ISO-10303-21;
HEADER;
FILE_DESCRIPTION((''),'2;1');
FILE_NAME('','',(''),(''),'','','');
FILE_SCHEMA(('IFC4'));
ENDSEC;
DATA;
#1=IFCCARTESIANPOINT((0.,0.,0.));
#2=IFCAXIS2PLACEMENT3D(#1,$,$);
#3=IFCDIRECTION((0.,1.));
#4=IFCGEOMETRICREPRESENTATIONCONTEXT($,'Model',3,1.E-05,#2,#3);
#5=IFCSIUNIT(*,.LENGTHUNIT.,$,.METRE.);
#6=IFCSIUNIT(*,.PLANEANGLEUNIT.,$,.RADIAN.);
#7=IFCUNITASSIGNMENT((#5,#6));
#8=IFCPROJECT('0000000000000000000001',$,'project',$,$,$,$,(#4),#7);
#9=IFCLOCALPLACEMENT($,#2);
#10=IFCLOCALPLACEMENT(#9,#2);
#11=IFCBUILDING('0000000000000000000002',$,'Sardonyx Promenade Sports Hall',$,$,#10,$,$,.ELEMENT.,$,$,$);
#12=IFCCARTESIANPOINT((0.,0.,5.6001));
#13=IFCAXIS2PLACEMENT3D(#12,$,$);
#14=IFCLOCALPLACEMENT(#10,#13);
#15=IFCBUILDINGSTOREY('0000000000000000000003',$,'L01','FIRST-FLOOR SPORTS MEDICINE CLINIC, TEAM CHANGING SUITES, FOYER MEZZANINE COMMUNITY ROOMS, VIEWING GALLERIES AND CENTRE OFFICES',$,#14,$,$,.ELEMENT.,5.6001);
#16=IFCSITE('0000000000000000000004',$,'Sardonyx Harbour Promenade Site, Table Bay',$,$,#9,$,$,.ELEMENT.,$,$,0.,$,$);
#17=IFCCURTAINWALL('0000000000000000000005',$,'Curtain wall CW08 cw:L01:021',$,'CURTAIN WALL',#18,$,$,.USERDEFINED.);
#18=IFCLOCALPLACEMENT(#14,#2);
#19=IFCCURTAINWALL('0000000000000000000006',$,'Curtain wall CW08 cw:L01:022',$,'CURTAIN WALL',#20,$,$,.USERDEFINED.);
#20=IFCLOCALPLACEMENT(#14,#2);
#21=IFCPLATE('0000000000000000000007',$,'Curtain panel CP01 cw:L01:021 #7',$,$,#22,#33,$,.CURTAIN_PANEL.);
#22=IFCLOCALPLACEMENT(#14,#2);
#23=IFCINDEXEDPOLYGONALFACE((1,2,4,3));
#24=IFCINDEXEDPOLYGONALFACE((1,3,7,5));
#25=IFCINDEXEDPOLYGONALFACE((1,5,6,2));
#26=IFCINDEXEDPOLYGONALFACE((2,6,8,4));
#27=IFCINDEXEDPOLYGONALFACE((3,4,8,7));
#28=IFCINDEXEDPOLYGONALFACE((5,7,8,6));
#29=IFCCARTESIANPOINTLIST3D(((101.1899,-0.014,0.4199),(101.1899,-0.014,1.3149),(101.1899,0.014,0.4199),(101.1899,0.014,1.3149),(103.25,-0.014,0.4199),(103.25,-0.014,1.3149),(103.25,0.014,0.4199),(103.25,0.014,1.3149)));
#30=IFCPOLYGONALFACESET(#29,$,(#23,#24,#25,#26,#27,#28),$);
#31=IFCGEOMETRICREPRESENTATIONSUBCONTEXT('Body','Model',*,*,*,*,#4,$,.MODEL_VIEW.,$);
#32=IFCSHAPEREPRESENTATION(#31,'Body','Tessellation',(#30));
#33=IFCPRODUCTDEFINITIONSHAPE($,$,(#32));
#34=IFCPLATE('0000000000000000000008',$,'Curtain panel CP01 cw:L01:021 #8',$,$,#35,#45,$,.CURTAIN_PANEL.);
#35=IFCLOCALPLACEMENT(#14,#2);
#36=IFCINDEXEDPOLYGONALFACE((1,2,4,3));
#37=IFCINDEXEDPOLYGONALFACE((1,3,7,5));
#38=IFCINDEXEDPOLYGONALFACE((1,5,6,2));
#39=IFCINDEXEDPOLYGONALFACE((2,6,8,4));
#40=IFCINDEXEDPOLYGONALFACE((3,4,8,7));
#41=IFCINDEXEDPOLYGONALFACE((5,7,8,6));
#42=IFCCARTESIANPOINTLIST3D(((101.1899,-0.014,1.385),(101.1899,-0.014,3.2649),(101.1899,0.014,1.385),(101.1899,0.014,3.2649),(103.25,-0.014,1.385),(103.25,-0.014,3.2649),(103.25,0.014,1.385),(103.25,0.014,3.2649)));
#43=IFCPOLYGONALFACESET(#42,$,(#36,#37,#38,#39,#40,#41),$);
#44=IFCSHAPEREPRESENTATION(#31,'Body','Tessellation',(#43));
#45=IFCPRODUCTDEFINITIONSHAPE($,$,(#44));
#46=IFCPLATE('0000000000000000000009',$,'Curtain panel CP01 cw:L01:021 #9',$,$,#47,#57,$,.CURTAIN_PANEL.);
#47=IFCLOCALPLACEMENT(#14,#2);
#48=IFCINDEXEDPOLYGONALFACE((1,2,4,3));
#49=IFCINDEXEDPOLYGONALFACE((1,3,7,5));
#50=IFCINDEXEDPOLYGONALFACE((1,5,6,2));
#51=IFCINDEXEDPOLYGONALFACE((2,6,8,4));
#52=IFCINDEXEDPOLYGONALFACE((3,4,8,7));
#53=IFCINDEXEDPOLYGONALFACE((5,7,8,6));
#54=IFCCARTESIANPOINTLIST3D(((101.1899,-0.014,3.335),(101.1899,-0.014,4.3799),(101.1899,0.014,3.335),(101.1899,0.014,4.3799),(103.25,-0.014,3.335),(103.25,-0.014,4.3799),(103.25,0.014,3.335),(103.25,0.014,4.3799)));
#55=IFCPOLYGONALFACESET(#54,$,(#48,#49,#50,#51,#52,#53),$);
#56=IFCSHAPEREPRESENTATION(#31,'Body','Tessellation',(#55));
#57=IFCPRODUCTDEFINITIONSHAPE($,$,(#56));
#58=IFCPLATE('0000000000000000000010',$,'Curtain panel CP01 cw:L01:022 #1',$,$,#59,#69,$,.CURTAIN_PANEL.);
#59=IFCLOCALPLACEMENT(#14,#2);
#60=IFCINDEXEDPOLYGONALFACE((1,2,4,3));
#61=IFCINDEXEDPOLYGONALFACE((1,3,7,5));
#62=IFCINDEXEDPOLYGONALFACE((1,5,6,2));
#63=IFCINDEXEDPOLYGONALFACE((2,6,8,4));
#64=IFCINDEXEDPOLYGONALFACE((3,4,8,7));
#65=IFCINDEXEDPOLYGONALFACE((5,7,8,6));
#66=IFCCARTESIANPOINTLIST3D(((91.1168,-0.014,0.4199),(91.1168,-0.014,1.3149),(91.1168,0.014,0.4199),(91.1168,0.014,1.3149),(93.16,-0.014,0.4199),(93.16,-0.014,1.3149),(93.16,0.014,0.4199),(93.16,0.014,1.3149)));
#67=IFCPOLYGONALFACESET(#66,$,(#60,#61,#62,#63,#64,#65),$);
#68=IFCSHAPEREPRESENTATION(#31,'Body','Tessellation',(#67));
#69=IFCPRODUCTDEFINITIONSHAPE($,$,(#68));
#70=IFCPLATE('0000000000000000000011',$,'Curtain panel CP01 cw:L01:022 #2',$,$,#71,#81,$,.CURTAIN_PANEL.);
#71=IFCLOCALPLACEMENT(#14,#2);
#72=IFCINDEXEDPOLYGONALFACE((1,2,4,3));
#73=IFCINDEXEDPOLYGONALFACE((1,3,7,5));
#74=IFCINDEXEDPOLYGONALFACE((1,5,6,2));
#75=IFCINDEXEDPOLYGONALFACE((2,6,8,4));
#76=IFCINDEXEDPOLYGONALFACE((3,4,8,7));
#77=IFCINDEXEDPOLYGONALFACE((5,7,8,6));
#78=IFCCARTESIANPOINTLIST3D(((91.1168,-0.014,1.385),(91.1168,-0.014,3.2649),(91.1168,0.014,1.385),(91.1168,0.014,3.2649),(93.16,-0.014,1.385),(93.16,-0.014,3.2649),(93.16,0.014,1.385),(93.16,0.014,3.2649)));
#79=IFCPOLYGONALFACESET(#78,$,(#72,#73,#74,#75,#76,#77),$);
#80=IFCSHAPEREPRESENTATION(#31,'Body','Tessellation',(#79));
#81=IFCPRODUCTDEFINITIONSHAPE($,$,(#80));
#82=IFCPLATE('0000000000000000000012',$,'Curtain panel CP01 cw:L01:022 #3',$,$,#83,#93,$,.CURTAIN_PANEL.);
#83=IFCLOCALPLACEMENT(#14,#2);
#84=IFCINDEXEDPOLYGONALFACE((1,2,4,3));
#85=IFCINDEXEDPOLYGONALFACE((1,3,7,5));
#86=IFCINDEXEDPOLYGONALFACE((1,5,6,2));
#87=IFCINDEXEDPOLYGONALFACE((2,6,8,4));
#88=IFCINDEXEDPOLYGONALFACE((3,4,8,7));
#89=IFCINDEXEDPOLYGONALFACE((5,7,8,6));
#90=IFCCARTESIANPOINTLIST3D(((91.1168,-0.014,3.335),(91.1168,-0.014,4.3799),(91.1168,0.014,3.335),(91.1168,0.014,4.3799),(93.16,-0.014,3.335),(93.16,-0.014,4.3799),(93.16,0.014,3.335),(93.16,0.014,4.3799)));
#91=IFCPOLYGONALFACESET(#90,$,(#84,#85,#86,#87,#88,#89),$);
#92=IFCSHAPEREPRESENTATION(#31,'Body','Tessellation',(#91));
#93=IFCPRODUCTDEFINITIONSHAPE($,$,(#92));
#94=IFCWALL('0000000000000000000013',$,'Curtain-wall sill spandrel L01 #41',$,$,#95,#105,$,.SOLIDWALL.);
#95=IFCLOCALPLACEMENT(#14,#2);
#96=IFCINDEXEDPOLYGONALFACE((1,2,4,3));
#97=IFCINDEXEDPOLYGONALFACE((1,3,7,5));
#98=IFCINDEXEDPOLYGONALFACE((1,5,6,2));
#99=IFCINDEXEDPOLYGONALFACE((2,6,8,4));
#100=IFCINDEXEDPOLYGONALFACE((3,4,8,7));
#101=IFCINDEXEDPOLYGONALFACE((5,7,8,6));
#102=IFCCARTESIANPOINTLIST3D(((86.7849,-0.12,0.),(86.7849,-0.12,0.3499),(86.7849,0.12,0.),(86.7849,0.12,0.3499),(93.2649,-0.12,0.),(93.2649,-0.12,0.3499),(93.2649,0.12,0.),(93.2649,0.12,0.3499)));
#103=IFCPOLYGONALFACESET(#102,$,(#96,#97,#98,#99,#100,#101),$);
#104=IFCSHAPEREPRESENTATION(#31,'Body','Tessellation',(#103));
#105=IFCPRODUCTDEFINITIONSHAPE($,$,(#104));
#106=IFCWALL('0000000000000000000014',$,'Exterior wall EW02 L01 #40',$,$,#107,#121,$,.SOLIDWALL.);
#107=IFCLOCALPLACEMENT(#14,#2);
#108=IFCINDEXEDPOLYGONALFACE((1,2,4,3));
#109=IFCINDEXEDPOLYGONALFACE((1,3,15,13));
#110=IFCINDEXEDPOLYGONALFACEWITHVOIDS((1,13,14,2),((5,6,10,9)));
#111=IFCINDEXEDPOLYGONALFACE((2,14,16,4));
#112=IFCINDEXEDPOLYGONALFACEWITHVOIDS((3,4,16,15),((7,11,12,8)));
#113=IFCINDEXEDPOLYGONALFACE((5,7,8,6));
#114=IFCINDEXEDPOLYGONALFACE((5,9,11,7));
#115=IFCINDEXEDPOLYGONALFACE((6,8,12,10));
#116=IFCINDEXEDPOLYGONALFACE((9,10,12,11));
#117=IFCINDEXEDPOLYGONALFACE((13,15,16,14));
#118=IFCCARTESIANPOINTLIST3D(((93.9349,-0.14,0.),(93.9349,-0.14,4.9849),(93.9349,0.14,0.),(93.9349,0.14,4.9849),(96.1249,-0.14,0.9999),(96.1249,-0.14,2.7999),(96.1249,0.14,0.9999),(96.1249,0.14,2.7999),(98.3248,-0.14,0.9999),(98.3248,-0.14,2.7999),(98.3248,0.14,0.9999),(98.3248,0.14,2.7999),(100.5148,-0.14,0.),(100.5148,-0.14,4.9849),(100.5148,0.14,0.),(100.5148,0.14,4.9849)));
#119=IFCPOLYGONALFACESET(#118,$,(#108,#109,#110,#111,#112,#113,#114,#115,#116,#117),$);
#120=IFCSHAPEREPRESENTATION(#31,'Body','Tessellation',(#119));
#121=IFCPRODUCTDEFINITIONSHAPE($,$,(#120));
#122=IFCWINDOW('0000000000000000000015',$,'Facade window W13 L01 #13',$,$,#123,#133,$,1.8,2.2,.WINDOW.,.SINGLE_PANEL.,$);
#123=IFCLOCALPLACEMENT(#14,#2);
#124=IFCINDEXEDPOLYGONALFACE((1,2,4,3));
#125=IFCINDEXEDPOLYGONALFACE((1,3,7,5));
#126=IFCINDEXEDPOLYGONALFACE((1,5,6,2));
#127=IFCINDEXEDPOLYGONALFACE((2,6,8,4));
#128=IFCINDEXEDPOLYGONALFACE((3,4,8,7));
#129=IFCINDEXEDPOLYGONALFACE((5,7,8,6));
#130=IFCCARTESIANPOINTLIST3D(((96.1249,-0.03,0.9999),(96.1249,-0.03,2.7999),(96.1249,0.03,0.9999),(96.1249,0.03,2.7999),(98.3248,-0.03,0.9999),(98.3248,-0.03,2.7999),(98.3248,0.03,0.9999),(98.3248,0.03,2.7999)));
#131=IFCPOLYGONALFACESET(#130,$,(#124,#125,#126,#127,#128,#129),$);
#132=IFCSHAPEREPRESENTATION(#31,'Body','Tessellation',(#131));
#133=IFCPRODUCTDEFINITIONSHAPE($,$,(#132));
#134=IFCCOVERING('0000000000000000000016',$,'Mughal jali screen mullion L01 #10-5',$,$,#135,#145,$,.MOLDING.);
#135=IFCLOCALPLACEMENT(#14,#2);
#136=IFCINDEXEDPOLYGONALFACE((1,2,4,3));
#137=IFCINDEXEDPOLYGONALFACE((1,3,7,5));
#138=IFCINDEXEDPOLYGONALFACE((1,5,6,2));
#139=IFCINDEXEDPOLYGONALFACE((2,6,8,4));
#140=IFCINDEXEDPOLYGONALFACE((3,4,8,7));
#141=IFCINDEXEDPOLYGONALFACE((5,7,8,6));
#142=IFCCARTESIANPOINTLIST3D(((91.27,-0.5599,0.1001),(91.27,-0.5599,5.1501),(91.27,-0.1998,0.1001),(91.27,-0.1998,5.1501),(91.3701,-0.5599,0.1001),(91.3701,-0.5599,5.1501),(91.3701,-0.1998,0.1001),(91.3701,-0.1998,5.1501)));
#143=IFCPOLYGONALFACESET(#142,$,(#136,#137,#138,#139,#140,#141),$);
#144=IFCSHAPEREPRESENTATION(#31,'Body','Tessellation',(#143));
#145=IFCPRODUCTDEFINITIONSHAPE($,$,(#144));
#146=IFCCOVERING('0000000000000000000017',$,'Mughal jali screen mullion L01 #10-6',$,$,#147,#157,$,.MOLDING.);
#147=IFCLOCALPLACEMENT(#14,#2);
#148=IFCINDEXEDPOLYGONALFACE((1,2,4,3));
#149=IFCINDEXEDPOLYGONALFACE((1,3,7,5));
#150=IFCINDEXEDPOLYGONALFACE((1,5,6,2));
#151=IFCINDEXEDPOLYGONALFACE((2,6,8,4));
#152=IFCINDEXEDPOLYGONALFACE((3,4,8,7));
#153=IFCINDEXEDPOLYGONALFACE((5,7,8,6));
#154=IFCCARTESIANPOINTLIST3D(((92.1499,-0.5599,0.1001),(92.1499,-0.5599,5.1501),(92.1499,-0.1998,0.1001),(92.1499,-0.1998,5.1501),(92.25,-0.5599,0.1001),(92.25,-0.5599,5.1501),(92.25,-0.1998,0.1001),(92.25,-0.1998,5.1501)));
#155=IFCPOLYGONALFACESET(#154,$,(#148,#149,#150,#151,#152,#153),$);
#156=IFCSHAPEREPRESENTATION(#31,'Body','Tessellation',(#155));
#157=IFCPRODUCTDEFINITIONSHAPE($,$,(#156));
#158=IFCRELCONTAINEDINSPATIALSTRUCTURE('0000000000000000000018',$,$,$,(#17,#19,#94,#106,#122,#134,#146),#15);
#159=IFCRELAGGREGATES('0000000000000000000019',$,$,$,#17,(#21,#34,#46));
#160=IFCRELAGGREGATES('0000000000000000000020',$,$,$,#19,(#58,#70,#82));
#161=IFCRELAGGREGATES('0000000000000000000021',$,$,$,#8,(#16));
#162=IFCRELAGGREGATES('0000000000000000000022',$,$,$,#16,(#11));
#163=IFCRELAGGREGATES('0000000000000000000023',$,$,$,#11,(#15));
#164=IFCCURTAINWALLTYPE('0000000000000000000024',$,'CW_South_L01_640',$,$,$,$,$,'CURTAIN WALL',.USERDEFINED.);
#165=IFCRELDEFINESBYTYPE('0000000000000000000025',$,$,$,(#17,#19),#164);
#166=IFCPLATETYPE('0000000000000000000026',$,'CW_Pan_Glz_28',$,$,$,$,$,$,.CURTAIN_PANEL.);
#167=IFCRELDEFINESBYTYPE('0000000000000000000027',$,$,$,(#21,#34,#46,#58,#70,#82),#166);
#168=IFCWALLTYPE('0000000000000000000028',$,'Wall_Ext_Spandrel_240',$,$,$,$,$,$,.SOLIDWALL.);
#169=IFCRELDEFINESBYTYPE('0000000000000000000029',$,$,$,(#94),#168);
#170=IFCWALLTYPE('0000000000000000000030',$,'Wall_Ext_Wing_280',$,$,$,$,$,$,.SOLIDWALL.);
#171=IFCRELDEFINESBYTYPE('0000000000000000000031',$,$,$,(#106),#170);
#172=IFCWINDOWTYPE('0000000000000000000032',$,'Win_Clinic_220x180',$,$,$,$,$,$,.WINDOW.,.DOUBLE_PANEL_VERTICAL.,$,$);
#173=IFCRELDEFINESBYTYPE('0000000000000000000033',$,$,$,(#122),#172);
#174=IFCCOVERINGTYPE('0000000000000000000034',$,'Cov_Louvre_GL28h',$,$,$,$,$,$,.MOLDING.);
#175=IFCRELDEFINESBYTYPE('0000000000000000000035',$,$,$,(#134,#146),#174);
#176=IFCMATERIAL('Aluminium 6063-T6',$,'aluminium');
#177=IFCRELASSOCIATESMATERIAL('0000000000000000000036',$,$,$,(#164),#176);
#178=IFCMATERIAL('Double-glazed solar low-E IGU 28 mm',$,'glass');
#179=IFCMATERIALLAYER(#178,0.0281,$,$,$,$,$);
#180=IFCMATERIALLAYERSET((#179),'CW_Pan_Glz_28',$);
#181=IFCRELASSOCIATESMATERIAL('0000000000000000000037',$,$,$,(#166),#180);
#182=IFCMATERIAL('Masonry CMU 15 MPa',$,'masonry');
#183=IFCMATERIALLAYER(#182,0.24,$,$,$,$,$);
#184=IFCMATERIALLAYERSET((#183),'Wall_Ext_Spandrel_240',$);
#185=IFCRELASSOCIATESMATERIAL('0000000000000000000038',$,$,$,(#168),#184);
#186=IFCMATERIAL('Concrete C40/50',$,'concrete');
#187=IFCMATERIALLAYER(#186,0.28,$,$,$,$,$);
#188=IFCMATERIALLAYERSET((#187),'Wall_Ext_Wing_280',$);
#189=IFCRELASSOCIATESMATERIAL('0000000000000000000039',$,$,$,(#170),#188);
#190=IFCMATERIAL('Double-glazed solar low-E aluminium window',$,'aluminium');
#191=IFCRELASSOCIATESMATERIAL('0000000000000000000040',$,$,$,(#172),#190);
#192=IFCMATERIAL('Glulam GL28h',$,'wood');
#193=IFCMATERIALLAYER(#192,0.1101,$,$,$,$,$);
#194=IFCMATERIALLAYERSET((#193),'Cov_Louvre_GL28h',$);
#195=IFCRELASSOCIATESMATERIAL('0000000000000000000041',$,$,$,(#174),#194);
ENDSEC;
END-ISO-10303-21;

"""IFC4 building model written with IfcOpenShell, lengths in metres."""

from ifc_helpers import new_model, si_unit, direction, frame, frame_2d, origin, origin_2d, place, context, subcontext, project, spatial, rectangle, extrude, material, layer, layer_set, type_object, element, fill, aggregate, save


model = new_model("IFC4")

# Units and contexts
model_context = context("Model", 3, precision=1e-05, world=origin(), true_north=direction((0.0, 1.0)))
body_context = subcontext(model_context, "Body", "Model", "MODEL_VIEW")
ifc_project = project(units=[si_unit("LENGTHUNIT", "METRE"), si_unit("PLANEANGLEUNIT", "RADIAN")], contexts=[model_context])

# Site, building, storey
site_placement = place(None, origin())
site = spatial("IfcSite", under=ifc_project, at=site_placement, Name="Sardonyx Harbour Promenade Site, Table Bay", CompositionType="ELEMENT", RefElevation=0.0)
building_placement = place(site_placement, origin())
building = spatial("IfcBuilding", under=site, at=building_placement, Name="Sardonyx Promenade Sports Hall", CompositionType="ELEMENT")
storey_placement = place(building_placement, frame((0.0, 0.0, 5.6001)))
storey = spatial("IfcBuildingStorey", under=building, at=storey_placement, Name="L01", Description="FIRST-FLOOR SPORTS MEDICINE CLINIC, TEAM CHANGING SUITES, FOYER MEZZANINE COMMUNITY ROOMS, VIEWING GALLERIES AND CENTRE OFFICES", CompositionType="ELEMENT", Elevation=5.6001)

# Curtain wall
ifc_material_1 = material(Name="Aluminium 6063-T6", Category="aluminium")
curtain_wall_type = type_object("IfcCurtainWallType", Name="CW_South_L01_640", ElementType="CURTAIN WALL", PredefinedType="USERDEFINED", material=ifc_material_1)
curtain_wall_1_placement = place(storey_placement, origin())
curtain_wall_1 = element("IfcCurtainWall", 1, at=curtain_wall_1_placement, inside=storey, type_object=curtain_wall_type, Name="Curtain wall CW08 cw:L01:021", ObjectType="CURTAIN WALL", PredefinedType="USERDEFINED")

# Curtain wall
curtain_wall_2_placement = place(storey_placement, origin())
curtain_wall_2 = element("IfcCurtainWall", 2, at=curtain_wall_2_placement, inside=storey, type_object=curtain_wall_type, Name="Curtain wall CW08 cw:L01:022", ObjectType="CURTAIN WALL", PredefinedType="USERDEFINED")

# Plates
ifc_material_2 = material(Name="Double-glazed solar low-E IGU 28 mm", Category="glass")
ifc_layer_1 = layer(ifc_material_2, 0.0281)
ifc_layer_set_1 = layer_set([ifc_layer_1], Name="CW_Pan_Glz_28")
plate_type = type_object("IfcPlateType", Name="CW_Pan_Glz_28", PredefinedType="CURTAIN_PANEL", material=ifc_layer_set_1)
plate_1_placement = place(storey_placement, frame((102.22, 0.0, 0.4199), z_axis=(0.0, 0.0, 1.0), x_axis=(-1.0, 0.0, 0.0)))
plate_1 = element("IfcPlate", 3, at=plate_1_placement, type_object=plate_type, Name="Curtain panel CP01 cw:L01:021 #7", PredefinedType="CURTAIN_PANEL", context=body_context, shape_type="SweptSolid", body=[
    extrude(rectangle(XDim=2.0601, YDim=0.0281, at=origin_2d()), origin(), (0.0, 0.0, 1.0), 0.895),
])
plate_2_placement = place(storey_placement, frame((102.22, 0.0, 1.385), z_axis=(0.0, 0.0, 1.0), x_axis=(-1.0, 0.0, 0.0)))
plate_2 = element("IfcPlate", 4, at=plate_2_placement, type_object=plate_type, Name="Curtain panel CP01 cw:L01:021 #8", PredefinedType="CURTAIN_PANEL", context=body_context, shape_type="SweptSolid", body=[
    extrude(rectangle(XDim=2.0601, YDim=0.0281, at=origin_2d()), origin(), (0.0, 0.0, 1.0), 1.8799),
])
plate_3_placement = place(storey_placement, frame((102.22, 0.0, 3.335), z_axis=(0.0, 0.0, 1.0), x_axis=(-1.0, 0.0, 0.0)))
plate_3 = element("IfcPlate", 5, at=plate_3_placement, type_object=plate_type, Name="Curtain panel CP01 cw:L01:021 #9", PredefinedType="CURTAIN_PANEL", context=body_context, shape_type="SweptSolid", body=[
    extrude(rectangle(XDim=2.0601, YDim=0.0281, at=origin_2d()), origin(), (0.0, 0.0, 1.0), 1.0449),
])
aggregate(curtain_wall_1, [plate_1, plate_2, plate_3])
plate_4_placement = place(storey_placement, frame((92.1384, 0.0, 0.4199), z_axis=(0.0, 0.0, 1.0), x_axis=(-1.0, 0.0, 0.0)))
plate_4 = element("IfcPlate", 6, at=plate_4_placement, type_object=plate_type, Name="Curtain panel CP01 cw:L01:022 #1", PredefinedType="CURTAIN_PANEL", context=body_context, shape_type="SweptSolid", body=[
    extrude(rectangle(XDim=2.0432, YDim=0.0281, at=origin_2d()), origin(), (0.0, 0.0, 1.0), 0.895),
])
plate_5_placement = place(storey_placement, frame((92.1384, 0.0, 1.385), z_axis=(0.0, 0.0, 1.0), x_axis=(-1.0, 0.0, 0.0)))
plate_5 = element("IfcPlate", 7, at=plate_5_placement, type_object=plate_type, Name="Curtain panel CP01 cw:L01:022 #2", PredefinedType="CURTAIN_PANEL", context=body_context, shape_type="SweptSolid", body=[
    extrude(rectangle(XDim=2.0432, YDim=0.0281, at=origin_2d()), origin(), (0.0, 0.0, 1.0), 1.8799),
])
plate_6_placement = place(storey_placement, frame((92.1384, 0.0, 3.335), z_axis=(0.0, 0.0, 1.0), x_axis=(-1.0, 0.0, 0.0)))
plate_6 = element("IfcPlate", 8, at=plate_6_placement, type_object=plate_type, Name="Curtain panel CP01 cw:L01:022 #3", PredefinedType="CURTAIN_PANEL", context=body_context, shape_type="SweptSolid", body=[
    extrude(rectangle(XDim=2.0432, YDim=0.0281, at=origin_2d()), origin(), (0.0, 0.0, 1.0), 1.0449),
])
aggregate(curtain_wall_2, [plate_4, plate_5, plate_6])

# Wall
ifc_material_3 = material(Name="Masonry CMU 15 MPa", Category="masonry")
ifc_layer_2 = layer(ifc_material_3, 0.24)
ifc_layer_set_2 = layer_set([ifc_layer_2], Name="Wall_Ext_Spandrel_240")
wall_type_1 = type_object("IfcWallType", Name="Wall_Ext_Spandrel_240", PredefinedType="SOLIDWALL", material=ifc_layer_set_2)
wall_1_placement = place(storey_placement, frame((93.2649, 0.0, 0.0), z_axis=(0.0, 0.0, 1.0), x_axis=(-1.0, 0.0, 0.0)))
element("IfcWall", 9, at=wall_1_placement, inside=storey, type_object=wall_type_1, Name="Curtain-wall sill spandrel L01 #41", PredefinedType="SOLIDWALL", context=body_context, shape_type="SweptSolid", body=[
    extrude(rectangle(XDim=6.48, YDim=0.24, at=frame_2d((3.24, 0.0))), origin(), (0.0, 0.0, 1.0), 0.3499),
])

# Wall, opening, window
ifc_material_4 = material(Name="Concrete C40/50", Category="concrete")
ifc_layer_3 = layer(ifc_material_4, 0.28)
ifc_layer_set_3 = layer_set([ifc_layer_3], Name="Wall_Ext_Wing_280")
wall_type_2 = type_object("IfcWallType", Name="Wall_Ext_Wing_280", PredefinedType="SOLIDWALL", material=ifc_layer_set_3)
wall_2_placement = place(storey_placement, frame((100.5149, 0.0, 0.0), z_axis=(0.0, 0.0, 1.0), x_axis=(-1.0, 0.0, 0.0)))
wall_2 = element("IfcWall", 10, at=wall_2_placement, inside=storey, type_object=wall_type_2, Name="Exterior wall EW02 L01 #40", PredefinedType="SOLIDWALL", context=body_context, shape_type="SweptSolid", body=[
    extrude(rectangle(XDim=6.5798, YDim=0.28, at=frame_2d((3.29, 0.0))), origin(), (0.0, 0.0, 1.0), 4.9849),
])
opening_placement = place(wall_2_placement, frame((2.1899, 0.0, 1.0)))
opening = element("IfcOpeningElement", 11, at=opening_placement, cuts=wall_2, PredefinedType="OPENING", context=body_context, shape_type="SweptSolid", body=[
    extrude(rectangle(XDim=2.2, YDim=1.8, at=frame_2d((1.1001, 0.8999))), frame((0.0, 0.15, 0.0), z_axis=(0.0, -1.0, 0.0), x_axis=(1.0, 0.0, 0.0)), (0.0, 0.0, 1.0), 0.3),
])
ifc_material_5 = material(Name="Double-glazed solar low-E aluminium window", Category="aluminium")
window_type = type_object("IfcWindowType", Name="Win_Clinic_220x180", PartitioningType="DOUBLE_PANEL_VERTICAL", PredefinedType="WINDOW", material=ifc_material_5)
window_placement = place(opening_placement, origin())
window = element("IfcWindow", 12, at=window_placement, inside=storey, type_object=window_type, Name="Facade window W13 L01 #13", OverallHeight=1.8, OverallWidth=2.2, PartitioningType="SINGLE_PANEL", PredefinedType="WINDOW", context=body_context, shape_type="SweptSolid", body=[
    extrude(rectangle(XDim=2.2, YDim=1.8, at=frame_2d((1.1001, 0.8999))), frame((0.0, 0.03, 0.0), z_axis=(0.0, -1.0, 0.0), x_axis=(1.0, 0.0, 0.0)), (0.0, 0.0, 1.0), 0.0601),
])
fill(opening, window)

# Coverings
ifc_material_6 = material(Name="Glulam GL28h", Category="wood")
ifc_layer_4 = layer(ifc_material_6, 0.1101)
ifc_layer_set_4 = layer_set([ifc_layer_4], Name="Cov_Louvre_GL28h")
covering_type = type_object("IfcCoveringType", Name="Cov_Louvre_GL28h", PredefinedType="MOLDING", material=ifc_layer_set_4)
for number, where, z_axis, x_axis, name in (
    (13, (91.3201, -0.3799, 0.1001), (0.0, 0.0, 1.0), (1.0, 0.0, 0.0), "Mughal jali screen mullion L01 #10-5"),
    (14, (92.2, -0.3799, 0.1001), (0.0, 0.0, 1.0), (1.0, 0.0, 0.0), "Mughal jali screen mullion L01 #10-6"),
):
    element("IfcCovering", number, at=place(storey_placement, frame(where, z_axis=z_axis, x_axis=x_axis)), inside=storey, type_object=covering_type, Name=name, PredefinedType="MOLDING", context=body_context, shape_type="SweptSolid", body=[
        extrude(rectangle(XDim=0.1001, YDim=0.3601, at=origin_2d()), origin(), (0.0, 0.0, 1.0), 5.05),
    ])

save(model, "model.ifc")
